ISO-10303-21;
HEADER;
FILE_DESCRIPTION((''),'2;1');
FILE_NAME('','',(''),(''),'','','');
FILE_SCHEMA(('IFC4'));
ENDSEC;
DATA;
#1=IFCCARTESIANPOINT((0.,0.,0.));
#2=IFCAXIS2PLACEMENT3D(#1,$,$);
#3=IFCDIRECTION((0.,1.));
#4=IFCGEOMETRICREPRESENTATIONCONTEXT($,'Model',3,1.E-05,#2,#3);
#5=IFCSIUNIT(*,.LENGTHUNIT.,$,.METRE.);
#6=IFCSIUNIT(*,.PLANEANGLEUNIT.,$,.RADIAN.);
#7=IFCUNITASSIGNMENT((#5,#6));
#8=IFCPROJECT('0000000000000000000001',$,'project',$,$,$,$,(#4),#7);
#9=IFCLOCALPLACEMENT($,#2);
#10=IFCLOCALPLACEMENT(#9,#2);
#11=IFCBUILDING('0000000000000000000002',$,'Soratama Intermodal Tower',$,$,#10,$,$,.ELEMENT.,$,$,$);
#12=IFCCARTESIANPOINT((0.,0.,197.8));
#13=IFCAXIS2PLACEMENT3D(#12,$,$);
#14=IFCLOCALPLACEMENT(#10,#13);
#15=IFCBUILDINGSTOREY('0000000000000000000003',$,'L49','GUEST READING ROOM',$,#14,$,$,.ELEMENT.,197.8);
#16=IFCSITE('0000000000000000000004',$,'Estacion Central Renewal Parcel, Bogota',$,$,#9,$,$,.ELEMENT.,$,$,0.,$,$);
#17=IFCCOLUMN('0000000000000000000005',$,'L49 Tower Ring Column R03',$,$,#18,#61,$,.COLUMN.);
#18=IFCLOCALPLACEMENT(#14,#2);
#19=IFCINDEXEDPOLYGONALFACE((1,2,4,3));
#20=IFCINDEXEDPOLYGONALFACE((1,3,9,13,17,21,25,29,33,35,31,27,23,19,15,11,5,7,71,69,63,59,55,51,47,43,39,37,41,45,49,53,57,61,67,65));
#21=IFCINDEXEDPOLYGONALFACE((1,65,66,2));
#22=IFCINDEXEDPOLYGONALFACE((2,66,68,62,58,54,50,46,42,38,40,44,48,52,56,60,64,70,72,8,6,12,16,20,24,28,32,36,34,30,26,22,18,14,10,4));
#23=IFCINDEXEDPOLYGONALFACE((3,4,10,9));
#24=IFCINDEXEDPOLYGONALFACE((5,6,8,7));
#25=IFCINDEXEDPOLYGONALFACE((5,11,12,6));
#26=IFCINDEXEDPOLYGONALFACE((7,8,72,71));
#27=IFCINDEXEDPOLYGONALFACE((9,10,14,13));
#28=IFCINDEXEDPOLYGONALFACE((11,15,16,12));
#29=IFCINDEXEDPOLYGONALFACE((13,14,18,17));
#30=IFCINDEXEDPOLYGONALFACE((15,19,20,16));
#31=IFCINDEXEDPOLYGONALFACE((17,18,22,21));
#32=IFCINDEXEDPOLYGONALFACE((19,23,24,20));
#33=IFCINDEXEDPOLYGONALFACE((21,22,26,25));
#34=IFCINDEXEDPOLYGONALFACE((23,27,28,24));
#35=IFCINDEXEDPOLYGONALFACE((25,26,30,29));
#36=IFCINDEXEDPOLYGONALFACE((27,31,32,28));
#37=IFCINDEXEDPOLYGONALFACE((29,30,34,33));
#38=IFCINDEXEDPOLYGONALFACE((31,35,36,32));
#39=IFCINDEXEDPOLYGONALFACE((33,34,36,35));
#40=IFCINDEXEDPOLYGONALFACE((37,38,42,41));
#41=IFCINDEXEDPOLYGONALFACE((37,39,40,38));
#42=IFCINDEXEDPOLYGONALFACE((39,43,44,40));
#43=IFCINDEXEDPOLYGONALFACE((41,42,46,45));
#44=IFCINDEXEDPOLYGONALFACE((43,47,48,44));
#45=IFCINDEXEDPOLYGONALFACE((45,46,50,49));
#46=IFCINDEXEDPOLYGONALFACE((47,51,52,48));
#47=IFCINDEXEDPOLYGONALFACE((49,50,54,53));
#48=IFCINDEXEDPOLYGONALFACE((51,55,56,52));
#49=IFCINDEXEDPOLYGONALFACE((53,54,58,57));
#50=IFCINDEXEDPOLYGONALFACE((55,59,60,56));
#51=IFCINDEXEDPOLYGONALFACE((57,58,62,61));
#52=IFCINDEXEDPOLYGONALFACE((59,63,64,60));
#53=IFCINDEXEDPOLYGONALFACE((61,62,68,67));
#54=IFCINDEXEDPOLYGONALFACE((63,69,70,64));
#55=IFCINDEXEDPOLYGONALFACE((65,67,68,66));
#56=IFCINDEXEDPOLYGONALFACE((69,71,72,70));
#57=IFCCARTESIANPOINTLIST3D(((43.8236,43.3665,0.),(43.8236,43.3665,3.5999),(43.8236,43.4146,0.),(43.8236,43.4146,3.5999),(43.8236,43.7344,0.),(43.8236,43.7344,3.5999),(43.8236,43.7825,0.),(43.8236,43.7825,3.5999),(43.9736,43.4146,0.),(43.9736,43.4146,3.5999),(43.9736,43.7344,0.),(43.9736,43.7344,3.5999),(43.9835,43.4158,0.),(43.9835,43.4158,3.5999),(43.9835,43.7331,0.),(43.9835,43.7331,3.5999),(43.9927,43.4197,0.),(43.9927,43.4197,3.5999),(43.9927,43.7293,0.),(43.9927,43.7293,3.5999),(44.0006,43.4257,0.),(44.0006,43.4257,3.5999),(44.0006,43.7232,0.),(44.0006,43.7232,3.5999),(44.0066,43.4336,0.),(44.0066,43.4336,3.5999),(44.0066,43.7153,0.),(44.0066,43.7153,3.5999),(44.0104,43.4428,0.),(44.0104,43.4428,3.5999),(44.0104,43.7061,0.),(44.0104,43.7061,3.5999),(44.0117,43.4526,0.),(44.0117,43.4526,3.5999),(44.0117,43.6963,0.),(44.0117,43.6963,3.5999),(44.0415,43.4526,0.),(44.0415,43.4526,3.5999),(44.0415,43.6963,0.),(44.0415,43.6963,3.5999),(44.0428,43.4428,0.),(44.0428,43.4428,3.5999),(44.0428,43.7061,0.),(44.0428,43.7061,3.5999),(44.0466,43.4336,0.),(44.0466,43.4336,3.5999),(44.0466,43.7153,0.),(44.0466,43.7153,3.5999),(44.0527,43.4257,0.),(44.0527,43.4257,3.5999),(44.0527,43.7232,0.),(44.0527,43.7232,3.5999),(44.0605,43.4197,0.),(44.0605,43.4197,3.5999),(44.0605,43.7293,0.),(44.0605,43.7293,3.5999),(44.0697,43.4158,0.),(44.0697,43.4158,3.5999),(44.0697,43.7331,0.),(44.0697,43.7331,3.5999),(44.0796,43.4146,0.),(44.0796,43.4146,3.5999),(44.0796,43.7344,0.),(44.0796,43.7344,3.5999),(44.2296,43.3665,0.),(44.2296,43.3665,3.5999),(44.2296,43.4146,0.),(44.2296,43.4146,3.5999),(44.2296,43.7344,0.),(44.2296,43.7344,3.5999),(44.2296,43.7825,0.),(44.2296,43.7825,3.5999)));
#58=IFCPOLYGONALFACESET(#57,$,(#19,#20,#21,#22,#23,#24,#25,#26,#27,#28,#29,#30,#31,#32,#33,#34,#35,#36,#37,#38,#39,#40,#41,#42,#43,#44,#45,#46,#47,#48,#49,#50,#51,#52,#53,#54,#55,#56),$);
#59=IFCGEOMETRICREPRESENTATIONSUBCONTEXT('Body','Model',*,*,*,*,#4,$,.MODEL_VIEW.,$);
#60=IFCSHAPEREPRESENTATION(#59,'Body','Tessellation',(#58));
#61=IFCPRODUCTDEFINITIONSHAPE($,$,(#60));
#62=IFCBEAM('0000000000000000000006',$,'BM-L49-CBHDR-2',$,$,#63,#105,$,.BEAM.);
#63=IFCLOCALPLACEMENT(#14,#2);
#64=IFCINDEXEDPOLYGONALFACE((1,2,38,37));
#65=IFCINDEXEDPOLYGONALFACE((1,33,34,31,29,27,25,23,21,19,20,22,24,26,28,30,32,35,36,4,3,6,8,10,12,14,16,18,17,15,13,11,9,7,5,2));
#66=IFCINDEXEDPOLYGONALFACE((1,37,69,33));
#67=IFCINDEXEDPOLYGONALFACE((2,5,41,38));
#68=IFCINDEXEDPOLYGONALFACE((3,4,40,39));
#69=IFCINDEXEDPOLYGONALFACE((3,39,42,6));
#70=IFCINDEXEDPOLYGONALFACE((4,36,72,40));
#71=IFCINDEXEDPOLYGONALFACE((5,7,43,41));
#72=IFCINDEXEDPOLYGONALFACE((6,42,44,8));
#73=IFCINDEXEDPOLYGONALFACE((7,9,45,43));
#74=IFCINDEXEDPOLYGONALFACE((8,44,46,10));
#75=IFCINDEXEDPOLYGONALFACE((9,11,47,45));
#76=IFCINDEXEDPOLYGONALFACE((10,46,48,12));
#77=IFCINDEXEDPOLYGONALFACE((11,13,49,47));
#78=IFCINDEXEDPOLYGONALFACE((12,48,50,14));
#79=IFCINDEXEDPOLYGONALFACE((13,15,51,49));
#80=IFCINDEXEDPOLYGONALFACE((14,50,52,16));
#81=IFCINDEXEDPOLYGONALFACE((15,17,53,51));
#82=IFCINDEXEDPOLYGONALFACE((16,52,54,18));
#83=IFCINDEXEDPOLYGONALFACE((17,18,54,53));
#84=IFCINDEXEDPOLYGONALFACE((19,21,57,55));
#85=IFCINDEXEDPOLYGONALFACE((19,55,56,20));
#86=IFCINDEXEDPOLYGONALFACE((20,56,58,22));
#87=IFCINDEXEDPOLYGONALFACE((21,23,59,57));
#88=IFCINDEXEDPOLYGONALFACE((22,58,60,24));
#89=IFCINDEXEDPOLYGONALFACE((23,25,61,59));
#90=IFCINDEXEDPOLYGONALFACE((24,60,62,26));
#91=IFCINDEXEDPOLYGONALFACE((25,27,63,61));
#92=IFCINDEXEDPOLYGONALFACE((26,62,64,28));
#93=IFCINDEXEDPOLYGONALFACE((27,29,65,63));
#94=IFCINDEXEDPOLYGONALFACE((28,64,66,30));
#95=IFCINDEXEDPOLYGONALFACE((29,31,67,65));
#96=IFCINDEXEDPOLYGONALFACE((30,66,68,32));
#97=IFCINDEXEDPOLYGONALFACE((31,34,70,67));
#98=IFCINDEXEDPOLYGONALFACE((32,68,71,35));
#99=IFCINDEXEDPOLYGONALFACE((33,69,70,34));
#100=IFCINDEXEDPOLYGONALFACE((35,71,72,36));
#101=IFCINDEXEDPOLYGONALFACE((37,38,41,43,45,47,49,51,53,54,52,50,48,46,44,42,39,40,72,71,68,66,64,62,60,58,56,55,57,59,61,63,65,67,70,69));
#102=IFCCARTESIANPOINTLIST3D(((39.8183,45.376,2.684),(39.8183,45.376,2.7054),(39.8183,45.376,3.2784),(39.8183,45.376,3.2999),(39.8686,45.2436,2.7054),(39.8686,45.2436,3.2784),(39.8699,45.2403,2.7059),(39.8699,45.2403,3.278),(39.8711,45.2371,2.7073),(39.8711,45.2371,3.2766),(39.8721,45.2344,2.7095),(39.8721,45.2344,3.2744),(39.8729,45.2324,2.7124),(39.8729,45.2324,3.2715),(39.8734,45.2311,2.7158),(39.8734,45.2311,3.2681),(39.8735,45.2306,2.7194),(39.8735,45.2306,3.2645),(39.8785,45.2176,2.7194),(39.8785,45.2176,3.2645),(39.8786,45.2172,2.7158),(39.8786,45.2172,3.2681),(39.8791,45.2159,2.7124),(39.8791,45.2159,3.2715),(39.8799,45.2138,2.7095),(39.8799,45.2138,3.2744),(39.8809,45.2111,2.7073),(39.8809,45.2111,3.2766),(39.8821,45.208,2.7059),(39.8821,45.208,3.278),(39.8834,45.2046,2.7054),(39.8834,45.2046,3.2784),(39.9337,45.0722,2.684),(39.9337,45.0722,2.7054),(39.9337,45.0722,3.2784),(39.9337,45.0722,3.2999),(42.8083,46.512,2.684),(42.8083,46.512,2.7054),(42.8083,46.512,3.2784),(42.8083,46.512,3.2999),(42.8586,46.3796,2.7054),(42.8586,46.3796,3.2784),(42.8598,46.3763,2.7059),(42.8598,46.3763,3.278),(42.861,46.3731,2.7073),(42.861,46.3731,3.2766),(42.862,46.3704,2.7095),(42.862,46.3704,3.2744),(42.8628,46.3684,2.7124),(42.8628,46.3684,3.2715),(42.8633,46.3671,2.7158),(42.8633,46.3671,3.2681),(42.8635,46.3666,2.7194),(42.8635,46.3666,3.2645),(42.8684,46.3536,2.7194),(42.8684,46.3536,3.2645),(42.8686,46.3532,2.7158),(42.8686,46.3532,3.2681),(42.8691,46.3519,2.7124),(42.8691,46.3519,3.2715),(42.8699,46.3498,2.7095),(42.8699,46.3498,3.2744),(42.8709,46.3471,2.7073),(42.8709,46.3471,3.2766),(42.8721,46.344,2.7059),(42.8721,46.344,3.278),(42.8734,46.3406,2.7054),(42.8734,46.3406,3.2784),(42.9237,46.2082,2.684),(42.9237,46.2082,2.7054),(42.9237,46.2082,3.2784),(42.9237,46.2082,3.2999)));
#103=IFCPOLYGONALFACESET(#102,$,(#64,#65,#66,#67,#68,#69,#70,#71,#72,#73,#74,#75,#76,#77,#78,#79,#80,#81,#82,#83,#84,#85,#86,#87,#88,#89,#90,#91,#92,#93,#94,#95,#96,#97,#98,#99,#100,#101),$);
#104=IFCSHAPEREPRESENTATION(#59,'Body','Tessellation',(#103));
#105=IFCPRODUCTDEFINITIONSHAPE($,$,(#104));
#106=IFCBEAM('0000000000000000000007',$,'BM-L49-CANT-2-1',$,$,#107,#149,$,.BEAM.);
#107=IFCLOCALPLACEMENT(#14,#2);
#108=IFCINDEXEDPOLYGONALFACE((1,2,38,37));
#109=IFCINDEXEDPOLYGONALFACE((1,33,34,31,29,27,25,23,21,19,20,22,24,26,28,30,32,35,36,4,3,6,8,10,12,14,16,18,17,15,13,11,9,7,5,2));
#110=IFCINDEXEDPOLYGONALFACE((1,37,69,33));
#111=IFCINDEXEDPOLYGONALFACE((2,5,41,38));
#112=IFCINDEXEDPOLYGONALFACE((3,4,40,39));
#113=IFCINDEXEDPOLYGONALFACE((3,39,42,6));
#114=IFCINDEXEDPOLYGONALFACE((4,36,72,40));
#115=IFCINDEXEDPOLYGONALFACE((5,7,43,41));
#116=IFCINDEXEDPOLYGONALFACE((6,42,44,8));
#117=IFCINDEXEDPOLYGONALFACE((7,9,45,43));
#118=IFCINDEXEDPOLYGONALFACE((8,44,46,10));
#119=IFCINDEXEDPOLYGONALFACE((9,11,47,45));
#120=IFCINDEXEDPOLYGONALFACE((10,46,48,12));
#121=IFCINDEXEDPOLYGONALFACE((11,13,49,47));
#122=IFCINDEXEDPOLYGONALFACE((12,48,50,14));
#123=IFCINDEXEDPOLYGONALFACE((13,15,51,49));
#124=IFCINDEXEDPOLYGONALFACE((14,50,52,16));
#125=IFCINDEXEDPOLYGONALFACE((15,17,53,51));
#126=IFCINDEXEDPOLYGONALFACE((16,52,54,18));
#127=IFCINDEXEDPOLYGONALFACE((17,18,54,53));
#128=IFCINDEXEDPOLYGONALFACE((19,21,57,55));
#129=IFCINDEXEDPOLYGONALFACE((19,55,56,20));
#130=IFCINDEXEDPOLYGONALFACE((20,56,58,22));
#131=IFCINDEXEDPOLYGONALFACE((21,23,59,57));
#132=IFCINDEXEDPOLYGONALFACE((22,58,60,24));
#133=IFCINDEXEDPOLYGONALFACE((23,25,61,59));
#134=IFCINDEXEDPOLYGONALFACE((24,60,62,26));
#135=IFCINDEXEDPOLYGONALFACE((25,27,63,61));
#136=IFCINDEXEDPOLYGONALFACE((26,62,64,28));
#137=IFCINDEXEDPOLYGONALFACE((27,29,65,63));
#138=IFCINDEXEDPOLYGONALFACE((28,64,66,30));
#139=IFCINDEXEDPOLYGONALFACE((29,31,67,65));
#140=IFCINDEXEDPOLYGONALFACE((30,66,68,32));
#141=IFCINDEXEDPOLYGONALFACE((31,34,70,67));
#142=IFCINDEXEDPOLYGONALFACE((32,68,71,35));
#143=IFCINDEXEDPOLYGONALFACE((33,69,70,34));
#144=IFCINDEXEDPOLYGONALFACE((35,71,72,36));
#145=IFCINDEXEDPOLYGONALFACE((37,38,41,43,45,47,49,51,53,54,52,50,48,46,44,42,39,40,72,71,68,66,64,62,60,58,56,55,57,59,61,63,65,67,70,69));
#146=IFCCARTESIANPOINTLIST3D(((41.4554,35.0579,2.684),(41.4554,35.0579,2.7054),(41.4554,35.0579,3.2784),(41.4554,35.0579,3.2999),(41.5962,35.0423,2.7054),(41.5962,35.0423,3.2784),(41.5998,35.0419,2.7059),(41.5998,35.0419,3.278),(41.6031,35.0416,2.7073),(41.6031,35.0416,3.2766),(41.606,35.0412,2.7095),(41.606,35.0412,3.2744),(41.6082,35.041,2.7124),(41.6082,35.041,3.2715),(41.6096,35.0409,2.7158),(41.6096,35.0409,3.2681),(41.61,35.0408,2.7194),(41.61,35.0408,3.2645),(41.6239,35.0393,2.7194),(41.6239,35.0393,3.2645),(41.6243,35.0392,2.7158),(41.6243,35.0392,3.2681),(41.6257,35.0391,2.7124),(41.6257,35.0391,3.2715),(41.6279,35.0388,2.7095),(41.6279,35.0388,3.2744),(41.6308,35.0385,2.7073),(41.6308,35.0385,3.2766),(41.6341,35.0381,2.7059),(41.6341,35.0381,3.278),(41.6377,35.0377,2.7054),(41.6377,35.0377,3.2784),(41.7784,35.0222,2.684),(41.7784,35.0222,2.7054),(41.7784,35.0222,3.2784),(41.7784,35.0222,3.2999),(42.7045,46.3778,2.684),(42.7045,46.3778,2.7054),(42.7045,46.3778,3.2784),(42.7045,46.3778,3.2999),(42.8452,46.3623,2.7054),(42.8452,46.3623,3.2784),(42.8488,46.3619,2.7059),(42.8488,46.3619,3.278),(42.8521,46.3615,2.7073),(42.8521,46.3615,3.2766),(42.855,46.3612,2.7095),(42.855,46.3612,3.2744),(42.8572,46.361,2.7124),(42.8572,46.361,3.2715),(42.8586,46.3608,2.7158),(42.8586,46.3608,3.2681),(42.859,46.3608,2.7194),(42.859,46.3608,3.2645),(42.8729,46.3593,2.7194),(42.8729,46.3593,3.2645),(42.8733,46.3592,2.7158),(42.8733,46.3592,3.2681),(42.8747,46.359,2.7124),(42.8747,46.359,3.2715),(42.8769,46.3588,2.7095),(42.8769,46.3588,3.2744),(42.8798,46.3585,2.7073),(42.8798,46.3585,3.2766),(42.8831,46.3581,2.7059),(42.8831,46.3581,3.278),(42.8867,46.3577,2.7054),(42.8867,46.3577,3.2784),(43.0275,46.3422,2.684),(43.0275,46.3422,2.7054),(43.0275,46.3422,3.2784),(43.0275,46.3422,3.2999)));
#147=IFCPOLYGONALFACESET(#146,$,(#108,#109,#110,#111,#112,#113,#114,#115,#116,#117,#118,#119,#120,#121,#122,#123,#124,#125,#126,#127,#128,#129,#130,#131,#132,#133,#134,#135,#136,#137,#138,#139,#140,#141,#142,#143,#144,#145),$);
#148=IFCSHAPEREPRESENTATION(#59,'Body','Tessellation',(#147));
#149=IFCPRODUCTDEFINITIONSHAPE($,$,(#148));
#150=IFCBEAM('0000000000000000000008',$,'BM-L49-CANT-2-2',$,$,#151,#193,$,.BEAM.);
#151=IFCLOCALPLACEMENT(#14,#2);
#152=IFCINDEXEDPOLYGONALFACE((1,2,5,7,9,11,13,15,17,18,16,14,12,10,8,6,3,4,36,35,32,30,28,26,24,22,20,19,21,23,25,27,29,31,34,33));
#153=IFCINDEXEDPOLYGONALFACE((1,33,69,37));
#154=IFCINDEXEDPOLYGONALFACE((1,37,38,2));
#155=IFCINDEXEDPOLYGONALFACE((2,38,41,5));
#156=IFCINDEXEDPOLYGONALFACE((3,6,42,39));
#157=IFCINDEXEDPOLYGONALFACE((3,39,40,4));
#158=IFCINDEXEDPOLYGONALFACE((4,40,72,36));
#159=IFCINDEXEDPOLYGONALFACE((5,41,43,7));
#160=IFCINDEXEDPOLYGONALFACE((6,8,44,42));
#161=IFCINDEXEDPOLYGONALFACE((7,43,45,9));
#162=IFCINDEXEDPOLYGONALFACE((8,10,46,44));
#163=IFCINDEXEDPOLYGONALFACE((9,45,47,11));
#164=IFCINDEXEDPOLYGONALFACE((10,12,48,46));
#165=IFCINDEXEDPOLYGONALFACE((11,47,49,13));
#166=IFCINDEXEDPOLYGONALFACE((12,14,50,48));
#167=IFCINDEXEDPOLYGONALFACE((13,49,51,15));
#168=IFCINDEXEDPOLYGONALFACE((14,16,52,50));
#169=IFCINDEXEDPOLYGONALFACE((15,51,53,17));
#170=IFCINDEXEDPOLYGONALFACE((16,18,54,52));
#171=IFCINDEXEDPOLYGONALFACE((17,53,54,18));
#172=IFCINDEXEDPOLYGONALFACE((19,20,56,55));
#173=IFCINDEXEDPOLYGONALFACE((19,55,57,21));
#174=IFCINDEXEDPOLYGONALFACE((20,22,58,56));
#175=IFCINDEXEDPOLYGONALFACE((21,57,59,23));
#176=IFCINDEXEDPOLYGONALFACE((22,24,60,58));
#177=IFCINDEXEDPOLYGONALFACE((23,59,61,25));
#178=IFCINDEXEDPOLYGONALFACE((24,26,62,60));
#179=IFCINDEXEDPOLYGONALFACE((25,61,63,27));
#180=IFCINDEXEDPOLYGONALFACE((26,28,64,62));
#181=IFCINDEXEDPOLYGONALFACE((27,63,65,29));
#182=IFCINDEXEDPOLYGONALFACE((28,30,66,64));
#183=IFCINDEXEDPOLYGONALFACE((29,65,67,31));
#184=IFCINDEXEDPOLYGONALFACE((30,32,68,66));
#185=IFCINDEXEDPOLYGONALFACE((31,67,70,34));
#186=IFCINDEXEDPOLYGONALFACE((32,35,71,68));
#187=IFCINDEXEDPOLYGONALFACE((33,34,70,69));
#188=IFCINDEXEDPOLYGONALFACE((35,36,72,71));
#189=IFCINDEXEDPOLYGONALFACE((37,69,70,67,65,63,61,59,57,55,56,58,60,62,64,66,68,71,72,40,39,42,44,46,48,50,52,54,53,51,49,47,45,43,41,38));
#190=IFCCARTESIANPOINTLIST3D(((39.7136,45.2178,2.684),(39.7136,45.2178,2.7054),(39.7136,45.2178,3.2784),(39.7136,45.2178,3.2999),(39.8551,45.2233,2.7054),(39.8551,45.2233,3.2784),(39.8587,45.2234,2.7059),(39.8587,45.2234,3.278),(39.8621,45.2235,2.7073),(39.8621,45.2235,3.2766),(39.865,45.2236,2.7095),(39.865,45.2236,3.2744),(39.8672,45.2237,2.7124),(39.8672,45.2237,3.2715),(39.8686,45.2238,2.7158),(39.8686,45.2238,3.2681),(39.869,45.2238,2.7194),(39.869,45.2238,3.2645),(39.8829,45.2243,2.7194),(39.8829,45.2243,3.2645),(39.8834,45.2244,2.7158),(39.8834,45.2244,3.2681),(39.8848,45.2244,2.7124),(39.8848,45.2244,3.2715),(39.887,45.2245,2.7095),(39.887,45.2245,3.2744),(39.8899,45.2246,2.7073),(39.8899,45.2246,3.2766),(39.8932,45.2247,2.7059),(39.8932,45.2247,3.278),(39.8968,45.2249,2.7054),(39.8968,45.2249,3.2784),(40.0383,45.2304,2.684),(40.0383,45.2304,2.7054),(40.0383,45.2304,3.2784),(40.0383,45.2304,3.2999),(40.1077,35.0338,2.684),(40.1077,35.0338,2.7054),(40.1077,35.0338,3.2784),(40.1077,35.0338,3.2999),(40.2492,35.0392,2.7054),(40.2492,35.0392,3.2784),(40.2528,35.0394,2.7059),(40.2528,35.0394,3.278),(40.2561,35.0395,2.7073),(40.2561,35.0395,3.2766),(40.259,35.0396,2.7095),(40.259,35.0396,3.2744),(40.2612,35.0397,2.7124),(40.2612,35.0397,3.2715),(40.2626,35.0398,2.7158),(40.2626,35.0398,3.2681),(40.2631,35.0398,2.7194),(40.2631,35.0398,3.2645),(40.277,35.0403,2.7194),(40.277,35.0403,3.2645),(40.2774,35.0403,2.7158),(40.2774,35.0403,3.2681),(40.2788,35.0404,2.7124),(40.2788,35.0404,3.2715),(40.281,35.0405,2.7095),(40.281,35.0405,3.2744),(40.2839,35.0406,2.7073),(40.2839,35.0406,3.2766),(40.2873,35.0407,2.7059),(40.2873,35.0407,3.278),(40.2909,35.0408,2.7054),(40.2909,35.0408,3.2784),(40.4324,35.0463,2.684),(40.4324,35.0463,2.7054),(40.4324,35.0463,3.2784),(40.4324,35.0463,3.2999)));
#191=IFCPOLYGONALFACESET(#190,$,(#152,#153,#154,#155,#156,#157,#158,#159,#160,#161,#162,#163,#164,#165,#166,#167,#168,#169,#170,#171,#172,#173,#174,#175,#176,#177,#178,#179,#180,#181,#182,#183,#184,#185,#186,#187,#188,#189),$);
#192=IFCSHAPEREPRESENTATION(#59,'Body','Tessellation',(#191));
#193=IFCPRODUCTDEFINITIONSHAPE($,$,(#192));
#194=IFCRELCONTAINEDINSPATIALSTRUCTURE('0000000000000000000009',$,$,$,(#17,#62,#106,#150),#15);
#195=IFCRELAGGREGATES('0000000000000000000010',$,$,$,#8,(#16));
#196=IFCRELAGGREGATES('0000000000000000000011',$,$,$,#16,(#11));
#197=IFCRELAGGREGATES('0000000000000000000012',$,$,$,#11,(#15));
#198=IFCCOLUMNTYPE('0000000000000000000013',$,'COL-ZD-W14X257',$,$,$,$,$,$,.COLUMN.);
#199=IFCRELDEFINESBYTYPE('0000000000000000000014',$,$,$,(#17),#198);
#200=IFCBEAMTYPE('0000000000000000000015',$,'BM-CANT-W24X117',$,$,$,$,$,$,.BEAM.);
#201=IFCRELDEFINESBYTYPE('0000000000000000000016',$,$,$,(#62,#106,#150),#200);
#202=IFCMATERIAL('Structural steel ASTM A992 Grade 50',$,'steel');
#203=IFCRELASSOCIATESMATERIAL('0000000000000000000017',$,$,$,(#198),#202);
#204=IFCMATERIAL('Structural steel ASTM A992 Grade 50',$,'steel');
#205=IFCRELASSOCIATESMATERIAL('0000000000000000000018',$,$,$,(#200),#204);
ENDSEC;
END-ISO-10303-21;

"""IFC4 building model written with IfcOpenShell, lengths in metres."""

from ifc_helpers import new_model, si_unit, direction, frame, origin, origin_2d, place, context, subcontext, project, spatial, i_section, extrude, material, material_profile, profile_set, type_object, element, save


model = new_model("IFC4")

# Units and contexts
model_context = context("Model", 3, precision=1e-05, world=origin(), true_north=direction((0.0, 1.0)))
body_context = subcontext(model_context, "Body", "Model", "MODEL_VIEW")
ifc_project = project(units=[si_unit("LENGTHUNIT", "METRE"), si_unit("PLANEANGLEUNIT", "RADIAN")], contexts=[model_context])

# Site, building, storey
site_placement = place(None, origin())
site = spatial("IfcSite", under=ifc_project, at=site_placement, Name="Estacion Central Renewal Parcel, Bogota", CompositionType="ELEMENT", RefElevation=0.0)
building_placement = place(site_placement, origin())
building = spatial("IfcBuilding", under=site, at=building_placement, Name="Soratama Intermodal Tower", CompositionType="ELEMENT")
storey_placement = place(building_placement, frame((0.0, 0.0, 197.8)))
storey = spatial("IfcBuildingStorey", under=building, at=storey_placement, Name="L49", Description="GUEST READING ROOM", CompositionType="ELEMENT", Elevation=197.8)

# Column
ifc_material_1 = material(Name="Structural steel ASTM A992 Grade 50", Category="steel")
ifc_material_profile_1 = material_profile(ifc_material_1, i_section(OverallWidth=0.406, OverallDepth=0.416, WebThickness=0.0298, FlangeThickness=0.0481, FilletRadius=0.0381, at=origin_2d()), Name="W14X257")
ifc_profile_set_1 = profile_set([ifc_material_profile_1], Name="Structural steel ASTM A992 Grade 50")
column_type = type_object("IfcColumnType", Name="COL-ZD-W14X257", PredefinedType="COLUMN", material=ifc_profile_set_1)
column_placement = place(storey_placement, frame((44.0266, 43.5745, 0.0), z_axis=(0.0, 0.0, 1.0), x_axis=(1.0, 0.0, 0.0)))
element("IfcColumn", 1, at=column_placement, inside=storey, type_object=column_type, Name="L49 Tower Ring Column R03", PredefinedType="COLUMN", context=body_context, shape_type="SweptSolid", body=[
    extrude(i_section(OverallWidth=0.406, OverallDepth=0.416, WebThickness=0.0298, FlangeThickness=0.0481, FilletRadius=0.0381, at=origin_2d()), origin(), (0.0, 0.0, 1.0), 3.5999),
])

# Beams
ifc_material_2 = material(Name="Structural steel ASTM A992 Grade 50", Category="steel")
ifc_material_profile_2 = material_profile(ifc_material_2, i_section(OverallWidth=0.325, OverallDepth=0.616, WebThickness=0.0139, FlangeThickness=0.0215, FilletRadius=0.0139, at=origin_2d()), Name="W24X117")
ifc_profile_set_2 = profile_set([ifc_material_profile_2], Name="Structural steel ASTM A992 Grade 50")
beam_type_1 = type_object("IfcBeamType", Name="BM-CANT-W24X117", PredefinedType="BEAM", material=ifc_profile_set_2)
beam_1_placement = place(storey_placement, frame((42.866, 46.3601, 2.9919), z_axis=(-0.934805, -0.35516, 0.0), x_axis=(0.35516, -0.934805, 0.0)))
element("IfcBeam", 2, at=beam_1_placement, inside=storey, type_object=beam_type_1, Name="BM-L49-CBHDR-2", PredefinedType="BEAM", context=body_context, shape_type="SweptSolid", body=[
    extrude(i_section(OverallWidth=0.325, OverallDepth=0.616, WebThickness=0.0139, FlangeThickness=0.0215, FilletRadius=0.0139, at=origin_2d()), origin(), (0.0, 0.0, 1.0), 3.1985),
])
beam_2_placement = place(storey_placement, frame((41.6169, 35.04, 2.9919), z_axis=(0.109672, 0.993968, 0.0), x_axis=(-0.993968, 0.109672, 0.0)))
element("IfcBeam", 3, at=beam_2_placement, inside=storey, type_object=beam_type_1, Name="BM-L49-CANT-2-1", PredefinedType="BEAM", context=body_context, shape_type="SweptSolid", body=[
    extrude(i_section(OverallWidth=0.325, OverallDepth=0.616, WebThickness=0.0139, FlangeThickness=0.0215, FilletRadius=0.0139, at=origin_2d()), origin(), (0.0, 0.0, 1.0), 11.3887),
])
beam_3_placement = place(storey_placement, frame((40.27, 35.04, 2.9919), z_axis=(-0.038663, 0.999252, 0.0), x_axis=(-0.999252, -0.038663, 0.0)))
element("IfcBeam", 4, at=beam_3_placement, inside=storey, type_object=beam_type_1, Name="BM-L49-CANT-2-2", PredefinedType="BEAM", context=body_context, shape_type="SweptSolid", body=[
    extrude(i_section(OverallWidth=0.325, OverallDepth=0.616, WebThickness=0.0139, FlangeThickness=0.0215, FilletRadius=0.0139, at=origin_2d()), origin(), (0.0, 0.0, 1.0), 10.1917),
])

save(model, "model.ifc")
